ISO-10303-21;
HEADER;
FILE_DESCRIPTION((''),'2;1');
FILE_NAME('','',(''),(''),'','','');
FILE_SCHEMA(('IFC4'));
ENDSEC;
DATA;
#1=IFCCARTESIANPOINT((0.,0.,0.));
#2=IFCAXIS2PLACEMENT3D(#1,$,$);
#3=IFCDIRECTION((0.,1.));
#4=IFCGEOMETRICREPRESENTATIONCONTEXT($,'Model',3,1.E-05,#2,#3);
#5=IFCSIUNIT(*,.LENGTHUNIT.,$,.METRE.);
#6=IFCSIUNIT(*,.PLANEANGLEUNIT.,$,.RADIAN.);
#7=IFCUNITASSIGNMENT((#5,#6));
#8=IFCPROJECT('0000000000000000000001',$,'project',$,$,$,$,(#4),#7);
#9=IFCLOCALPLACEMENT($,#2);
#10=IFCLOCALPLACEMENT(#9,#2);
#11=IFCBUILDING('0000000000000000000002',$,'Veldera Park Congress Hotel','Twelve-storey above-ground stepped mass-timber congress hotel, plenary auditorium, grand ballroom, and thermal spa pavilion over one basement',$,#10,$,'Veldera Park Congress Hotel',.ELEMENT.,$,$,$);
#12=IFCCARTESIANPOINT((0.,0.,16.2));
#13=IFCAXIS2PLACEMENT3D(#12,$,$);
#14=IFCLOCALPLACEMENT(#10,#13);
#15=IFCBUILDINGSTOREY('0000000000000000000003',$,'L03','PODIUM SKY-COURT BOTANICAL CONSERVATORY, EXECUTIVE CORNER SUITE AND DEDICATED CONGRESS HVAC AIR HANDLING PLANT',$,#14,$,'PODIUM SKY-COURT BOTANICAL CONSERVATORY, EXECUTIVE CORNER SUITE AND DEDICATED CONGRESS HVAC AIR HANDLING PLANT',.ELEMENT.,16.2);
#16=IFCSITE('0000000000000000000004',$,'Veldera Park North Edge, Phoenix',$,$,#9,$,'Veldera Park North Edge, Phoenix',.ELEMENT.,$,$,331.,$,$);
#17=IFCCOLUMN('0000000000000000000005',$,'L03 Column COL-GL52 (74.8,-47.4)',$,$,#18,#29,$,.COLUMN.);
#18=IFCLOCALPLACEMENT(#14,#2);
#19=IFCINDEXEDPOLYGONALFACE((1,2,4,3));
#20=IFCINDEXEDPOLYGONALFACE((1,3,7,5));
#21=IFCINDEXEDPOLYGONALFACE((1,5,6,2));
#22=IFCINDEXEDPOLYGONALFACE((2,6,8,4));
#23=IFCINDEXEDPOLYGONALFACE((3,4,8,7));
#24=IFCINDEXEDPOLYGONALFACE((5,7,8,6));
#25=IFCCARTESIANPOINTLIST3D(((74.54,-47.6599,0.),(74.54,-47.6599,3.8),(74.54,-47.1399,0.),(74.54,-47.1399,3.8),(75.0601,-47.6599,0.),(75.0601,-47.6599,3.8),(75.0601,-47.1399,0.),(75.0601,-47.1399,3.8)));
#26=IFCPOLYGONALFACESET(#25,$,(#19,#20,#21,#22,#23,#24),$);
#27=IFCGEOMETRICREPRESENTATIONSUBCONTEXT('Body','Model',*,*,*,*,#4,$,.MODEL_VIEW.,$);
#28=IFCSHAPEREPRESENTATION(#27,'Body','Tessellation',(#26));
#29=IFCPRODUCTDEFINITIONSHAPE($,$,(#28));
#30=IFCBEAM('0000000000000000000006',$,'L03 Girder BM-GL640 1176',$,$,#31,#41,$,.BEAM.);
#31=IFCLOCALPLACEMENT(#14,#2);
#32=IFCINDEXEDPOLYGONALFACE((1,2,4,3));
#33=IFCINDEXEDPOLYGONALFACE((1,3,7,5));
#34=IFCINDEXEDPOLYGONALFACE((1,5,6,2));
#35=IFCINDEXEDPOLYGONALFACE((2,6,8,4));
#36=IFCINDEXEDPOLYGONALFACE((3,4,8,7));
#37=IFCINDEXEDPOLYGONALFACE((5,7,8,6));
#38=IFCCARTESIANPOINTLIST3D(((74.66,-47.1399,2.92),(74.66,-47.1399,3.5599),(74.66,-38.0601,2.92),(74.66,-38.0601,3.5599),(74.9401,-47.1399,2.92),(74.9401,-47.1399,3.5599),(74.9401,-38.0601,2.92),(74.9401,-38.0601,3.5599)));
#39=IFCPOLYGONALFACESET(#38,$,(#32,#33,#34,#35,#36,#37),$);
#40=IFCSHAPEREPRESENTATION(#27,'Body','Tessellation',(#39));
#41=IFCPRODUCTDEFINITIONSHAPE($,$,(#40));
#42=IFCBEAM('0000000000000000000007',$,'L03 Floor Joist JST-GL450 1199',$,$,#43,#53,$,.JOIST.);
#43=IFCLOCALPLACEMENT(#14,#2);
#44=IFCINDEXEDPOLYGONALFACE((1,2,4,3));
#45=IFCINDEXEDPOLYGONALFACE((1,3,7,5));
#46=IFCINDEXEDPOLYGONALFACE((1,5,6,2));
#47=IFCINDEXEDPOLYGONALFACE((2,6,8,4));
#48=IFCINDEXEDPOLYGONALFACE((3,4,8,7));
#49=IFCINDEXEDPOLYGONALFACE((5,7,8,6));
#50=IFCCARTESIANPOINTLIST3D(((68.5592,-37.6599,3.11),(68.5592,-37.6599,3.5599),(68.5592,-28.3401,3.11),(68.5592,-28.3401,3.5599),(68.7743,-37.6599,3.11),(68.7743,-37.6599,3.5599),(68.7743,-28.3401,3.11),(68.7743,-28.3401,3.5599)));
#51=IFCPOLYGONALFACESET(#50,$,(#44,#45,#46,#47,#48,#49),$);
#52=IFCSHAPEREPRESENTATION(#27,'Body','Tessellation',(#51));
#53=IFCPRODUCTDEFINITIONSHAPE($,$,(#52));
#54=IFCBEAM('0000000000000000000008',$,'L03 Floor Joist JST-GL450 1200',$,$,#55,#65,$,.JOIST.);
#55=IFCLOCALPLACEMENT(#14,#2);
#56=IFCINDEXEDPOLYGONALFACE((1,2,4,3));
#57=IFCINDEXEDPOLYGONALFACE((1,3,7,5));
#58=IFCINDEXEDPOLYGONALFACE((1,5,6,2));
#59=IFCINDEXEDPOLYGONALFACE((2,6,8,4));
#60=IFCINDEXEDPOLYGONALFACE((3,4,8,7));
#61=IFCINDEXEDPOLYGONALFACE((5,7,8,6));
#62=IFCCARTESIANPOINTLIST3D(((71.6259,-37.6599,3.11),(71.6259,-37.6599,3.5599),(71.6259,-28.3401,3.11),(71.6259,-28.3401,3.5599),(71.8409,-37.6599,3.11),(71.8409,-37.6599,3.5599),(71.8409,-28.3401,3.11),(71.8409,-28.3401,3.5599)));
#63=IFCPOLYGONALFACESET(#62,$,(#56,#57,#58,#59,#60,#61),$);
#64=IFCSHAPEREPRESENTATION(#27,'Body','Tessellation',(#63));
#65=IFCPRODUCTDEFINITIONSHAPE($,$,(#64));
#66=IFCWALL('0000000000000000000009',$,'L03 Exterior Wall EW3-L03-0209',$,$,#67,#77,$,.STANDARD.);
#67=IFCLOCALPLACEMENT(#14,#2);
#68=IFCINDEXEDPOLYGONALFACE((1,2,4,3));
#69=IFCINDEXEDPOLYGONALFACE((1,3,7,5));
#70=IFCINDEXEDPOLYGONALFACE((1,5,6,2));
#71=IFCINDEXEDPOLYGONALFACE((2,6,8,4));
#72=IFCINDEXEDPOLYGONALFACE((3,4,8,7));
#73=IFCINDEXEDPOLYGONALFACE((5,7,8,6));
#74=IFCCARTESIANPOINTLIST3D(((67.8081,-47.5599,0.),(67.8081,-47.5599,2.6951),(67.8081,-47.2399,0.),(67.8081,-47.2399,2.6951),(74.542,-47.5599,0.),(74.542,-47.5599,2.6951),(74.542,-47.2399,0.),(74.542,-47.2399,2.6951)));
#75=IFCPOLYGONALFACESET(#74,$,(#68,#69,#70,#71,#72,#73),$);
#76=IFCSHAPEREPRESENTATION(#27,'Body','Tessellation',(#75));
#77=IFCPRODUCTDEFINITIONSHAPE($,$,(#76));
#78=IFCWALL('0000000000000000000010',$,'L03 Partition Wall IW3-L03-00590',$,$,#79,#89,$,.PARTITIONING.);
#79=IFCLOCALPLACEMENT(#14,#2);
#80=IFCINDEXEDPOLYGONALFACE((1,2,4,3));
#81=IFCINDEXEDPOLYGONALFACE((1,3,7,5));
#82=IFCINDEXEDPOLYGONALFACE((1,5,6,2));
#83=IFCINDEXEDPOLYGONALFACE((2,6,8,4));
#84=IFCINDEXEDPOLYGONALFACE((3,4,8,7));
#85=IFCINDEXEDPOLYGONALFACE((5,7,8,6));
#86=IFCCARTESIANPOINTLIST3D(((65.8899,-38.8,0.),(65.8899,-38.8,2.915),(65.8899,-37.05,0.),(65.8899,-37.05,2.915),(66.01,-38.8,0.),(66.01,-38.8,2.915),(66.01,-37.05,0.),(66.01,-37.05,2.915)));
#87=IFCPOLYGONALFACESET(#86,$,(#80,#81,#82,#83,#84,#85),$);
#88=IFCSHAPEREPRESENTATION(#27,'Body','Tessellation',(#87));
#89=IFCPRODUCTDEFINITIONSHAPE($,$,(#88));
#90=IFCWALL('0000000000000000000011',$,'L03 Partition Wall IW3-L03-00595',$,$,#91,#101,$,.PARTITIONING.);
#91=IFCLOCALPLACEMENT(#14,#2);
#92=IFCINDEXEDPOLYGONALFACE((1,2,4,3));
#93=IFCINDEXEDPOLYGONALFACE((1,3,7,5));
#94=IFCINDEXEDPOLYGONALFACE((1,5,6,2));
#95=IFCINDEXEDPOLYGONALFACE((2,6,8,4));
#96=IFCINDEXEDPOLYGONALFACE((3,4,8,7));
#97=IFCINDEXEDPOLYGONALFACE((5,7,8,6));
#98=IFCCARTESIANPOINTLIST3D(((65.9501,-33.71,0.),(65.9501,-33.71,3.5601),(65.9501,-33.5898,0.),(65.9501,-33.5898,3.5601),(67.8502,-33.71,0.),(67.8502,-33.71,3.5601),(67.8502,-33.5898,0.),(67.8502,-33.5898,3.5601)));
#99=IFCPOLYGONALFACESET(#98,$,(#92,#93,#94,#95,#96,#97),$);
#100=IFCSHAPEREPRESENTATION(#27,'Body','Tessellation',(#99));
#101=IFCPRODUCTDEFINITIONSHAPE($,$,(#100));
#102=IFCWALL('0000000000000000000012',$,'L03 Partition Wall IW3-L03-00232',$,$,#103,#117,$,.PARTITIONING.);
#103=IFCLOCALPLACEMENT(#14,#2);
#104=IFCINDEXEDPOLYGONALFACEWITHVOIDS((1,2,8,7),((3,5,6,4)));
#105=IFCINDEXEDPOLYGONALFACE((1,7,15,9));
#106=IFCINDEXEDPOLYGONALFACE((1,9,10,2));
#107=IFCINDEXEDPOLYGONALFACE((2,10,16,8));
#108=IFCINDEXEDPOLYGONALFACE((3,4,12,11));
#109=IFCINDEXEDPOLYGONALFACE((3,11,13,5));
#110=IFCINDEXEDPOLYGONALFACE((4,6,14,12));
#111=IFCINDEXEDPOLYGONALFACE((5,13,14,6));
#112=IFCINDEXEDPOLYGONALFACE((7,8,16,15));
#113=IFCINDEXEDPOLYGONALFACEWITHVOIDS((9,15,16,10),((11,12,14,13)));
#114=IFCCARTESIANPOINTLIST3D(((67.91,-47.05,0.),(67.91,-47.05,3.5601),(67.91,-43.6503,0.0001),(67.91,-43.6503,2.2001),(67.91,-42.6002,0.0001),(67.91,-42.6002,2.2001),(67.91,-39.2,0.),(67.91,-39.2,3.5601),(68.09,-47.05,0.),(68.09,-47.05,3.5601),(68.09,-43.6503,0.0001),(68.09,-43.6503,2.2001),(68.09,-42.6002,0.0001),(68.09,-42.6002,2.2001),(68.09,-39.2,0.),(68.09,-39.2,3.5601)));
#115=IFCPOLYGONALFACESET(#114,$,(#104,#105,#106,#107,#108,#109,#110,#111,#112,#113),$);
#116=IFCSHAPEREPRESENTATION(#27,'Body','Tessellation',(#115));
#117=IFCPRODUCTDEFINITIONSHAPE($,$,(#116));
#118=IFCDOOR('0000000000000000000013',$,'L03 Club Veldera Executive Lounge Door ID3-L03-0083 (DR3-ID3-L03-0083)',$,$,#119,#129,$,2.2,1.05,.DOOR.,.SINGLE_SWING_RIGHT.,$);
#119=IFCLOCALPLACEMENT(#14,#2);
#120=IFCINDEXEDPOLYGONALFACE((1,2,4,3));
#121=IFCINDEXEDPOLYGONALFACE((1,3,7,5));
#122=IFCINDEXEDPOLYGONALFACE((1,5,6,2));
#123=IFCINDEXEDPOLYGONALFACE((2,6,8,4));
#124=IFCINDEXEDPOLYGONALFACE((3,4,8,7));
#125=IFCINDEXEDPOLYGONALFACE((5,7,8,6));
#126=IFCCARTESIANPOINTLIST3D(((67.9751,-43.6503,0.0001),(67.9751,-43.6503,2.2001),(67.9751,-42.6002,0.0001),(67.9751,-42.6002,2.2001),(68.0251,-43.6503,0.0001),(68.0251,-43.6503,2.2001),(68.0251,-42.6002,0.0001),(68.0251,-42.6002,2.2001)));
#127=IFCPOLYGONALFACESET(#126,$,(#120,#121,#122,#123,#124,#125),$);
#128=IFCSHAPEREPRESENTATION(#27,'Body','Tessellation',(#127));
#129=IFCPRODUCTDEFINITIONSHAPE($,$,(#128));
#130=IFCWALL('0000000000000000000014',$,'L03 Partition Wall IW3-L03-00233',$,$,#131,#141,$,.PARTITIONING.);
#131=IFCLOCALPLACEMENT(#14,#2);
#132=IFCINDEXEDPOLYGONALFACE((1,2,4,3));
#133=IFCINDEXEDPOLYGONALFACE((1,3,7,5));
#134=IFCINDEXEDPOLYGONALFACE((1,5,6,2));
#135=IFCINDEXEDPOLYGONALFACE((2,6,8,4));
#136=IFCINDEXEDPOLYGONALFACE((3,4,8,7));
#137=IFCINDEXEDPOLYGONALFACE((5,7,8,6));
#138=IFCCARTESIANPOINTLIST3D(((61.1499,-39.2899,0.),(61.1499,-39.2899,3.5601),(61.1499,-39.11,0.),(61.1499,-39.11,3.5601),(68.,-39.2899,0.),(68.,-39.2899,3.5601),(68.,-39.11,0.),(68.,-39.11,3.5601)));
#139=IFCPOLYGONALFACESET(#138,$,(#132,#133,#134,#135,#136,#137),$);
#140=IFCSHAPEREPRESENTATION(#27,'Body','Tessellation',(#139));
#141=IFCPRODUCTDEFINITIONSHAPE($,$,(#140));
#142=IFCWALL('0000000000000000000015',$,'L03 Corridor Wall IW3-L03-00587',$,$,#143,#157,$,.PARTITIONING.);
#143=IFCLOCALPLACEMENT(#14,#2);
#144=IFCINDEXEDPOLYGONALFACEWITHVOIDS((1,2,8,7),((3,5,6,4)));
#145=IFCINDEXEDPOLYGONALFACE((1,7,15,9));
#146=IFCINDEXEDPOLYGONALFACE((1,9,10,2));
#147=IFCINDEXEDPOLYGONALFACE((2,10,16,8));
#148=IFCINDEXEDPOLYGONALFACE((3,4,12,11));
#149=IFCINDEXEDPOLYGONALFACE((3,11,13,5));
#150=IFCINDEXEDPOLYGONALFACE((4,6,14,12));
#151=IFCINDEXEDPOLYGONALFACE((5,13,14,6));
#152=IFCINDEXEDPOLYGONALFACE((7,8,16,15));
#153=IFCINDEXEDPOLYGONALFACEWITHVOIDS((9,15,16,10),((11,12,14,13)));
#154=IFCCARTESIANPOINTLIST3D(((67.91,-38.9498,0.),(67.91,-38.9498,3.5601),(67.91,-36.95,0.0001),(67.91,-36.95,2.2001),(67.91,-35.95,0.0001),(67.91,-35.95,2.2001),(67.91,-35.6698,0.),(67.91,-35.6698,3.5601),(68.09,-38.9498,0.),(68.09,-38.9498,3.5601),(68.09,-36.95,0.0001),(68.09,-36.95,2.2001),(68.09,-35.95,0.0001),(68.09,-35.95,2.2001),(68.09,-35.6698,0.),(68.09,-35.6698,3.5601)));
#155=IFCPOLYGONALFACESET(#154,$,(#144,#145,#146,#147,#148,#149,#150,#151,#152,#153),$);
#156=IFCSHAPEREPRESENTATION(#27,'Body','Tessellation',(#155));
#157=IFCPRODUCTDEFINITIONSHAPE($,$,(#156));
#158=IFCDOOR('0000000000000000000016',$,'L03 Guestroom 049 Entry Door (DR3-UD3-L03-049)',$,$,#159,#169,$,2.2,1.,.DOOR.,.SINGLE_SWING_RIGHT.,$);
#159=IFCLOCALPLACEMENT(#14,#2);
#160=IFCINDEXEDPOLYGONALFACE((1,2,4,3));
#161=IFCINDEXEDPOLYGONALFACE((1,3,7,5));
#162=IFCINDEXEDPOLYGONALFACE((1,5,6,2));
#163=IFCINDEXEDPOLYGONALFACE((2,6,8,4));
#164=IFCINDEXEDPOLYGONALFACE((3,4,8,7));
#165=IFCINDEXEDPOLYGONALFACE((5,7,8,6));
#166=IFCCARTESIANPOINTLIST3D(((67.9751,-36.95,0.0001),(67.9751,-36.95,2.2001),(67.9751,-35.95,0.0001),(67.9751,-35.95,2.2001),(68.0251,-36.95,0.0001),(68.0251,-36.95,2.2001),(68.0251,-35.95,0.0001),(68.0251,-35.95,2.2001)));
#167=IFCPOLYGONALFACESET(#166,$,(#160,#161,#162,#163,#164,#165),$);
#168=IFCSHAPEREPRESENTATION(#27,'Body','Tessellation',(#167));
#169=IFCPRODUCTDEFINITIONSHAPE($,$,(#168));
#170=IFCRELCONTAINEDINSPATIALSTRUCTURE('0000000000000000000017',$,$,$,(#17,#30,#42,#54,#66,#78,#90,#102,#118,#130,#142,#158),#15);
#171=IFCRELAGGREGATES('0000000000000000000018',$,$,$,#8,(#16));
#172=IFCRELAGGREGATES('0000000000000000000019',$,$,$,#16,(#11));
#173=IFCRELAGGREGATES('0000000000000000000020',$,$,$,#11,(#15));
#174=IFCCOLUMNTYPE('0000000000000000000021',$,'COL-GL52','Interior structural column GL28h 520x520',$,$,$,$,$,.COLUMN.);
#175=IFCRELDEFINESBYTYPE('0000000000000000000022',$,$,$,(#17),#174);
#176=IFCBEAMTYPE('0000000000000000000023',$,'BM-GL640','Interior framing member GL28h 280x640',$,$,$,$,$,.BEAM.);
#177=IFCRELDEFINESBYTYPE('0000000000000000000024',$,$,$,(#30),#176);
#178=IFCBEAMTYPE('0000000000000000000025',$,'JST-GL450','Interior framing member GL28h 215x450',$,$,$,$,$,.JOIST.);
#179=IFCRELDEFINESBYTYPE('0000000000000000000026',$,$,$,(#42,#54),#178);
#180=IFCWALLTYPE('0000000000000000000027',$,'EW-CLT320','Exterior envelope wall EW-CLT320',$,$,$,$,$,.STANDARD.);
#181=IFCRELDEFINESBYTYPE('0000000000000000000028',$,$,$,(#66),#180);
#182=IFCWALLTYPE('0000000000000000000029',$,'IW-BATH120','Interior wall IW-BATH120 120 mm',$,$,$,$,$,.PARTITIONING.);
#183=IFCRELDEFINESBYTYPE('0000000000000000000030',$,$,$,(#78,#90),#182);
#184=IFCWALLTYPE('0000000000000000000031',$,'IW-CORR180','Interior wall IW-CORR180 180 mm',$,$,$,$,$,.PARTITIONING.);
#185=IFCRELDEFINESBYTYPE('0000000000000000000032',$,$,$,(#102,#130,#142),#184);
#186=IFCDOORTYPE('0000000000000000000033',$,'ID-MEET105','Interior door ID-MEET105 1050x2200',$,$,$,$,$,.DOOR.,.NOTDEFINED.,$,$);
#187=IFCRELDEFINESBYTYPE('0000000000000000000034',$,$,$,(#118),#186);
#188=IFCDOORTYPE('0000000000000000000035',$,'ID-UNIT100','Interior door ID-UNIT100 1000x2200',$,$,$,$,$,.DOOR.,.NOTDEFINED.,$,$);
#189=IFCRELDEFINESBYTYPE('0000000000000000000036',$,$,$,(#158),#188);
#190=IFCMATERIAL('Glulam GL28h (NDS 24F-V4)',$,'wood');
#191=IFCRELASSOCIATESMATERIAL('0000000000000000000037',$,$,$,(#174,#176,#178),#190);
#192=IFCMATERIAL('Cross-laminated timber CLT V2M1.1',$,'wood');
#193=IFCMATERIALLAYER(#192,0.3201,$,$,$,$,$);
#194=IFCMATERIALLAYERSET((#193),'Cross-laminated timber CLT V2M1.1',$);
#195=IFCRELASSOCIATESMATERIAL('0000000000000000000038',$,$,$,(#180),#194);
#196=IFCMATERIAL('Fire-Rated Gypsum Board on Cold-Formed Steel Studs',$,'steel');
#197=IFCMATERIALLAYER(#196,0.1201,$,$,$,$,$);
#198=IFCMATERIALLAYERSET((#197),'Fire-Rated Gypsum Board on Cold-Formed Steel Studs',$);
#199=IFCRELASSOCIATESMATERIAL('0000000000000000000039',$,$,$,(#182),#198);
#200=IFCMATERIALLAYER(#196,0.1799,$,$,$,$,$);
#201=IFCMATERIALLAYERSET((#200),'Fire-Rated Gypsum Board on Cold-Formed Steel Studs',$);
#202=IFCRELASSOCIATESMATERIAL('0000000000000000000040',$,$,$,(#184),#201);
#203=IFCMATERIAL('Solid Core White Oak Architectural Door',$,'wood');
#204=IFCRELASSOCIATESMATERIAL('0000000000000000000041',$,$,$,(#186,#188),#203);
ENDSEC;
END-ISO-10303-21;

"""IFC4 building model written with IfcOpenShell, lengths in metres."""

from ifc_helpers import new_model, si_unit, direction, frame, frame_2d, origin, origin_2d, place, context, subcontext, project, spatial, rectangle, extrude, material, layer, layer_set, material_profile, profile_set, type_object, element, fill, save


model = new_model("IFC4")

# Units and contexts
model_context = context("Model", 3, precision=1e-05, world=origin(), true_north=direction((0.0, 1.0)))
body_context = subcontext(model_context, "Body", "Model", "MODEL_VIEW")
ifc_project = project(units=[si_unit("LENGTHUNIT", "METRE"), si_unit("PLANEANGLEUNIT", "RADIAN")], contexts=[model_context])

# Site, building, storey
site_placement = place(None, origin())
site = spatial("IfcSite", under=ifc_project, at=site_placement, Name="Veldera Park North Edge, Phoenix", LongName="Veldera Park North Edge, Phoenix", CompositionType="ELEMENT", RefElevation=331.0)
building_placement = place(site_placement, origin())
building = spatial("IfcBuilding", under=site, at=building_placement, Name="Veldera Park Congress Hotel", Description="Twelve-storey above-ground stepped mass-timber congress hotel, plenary auditorium, grand ballroom, and thermal spa pavilion over one basement", LongName="Veldera Park Congress Hotel", CompositionType="ELEMENT")
storey_placement = place(building_placement, frame((0.0, 0.0, 16.2)))
storey = spatial("IfcBuildingStorey", under=building, at=storey_placement, Name="L03", Description="PODIUM SKY-COURT BOTANICAL CONSERVATORY, EXECUTIVE CORNER SUITE AND DEDICATED CONGRESS HVAC AIR HANDLING PLANT", LongName="PODIUM SKY-COURT BOTANICAL CONSERVATORY, EXECUTIVE CORNER SUITE AND DEDICATED CONGRESS HVAC AIR HANDLING PLANT", CompositionType="ELEMENT", Elevation=16.2)

# Column
ifc_material_1 = material(Name="Glulam GL28h (NDS 24F-V4)", Category="wood")
ifc_material_profile_1 = material_profile(ifc_material_1, rectangle(XDim=0.52, YDim=0.52, at=origin_2d()), Name="GL28h 520x520")
ifc_profile_set_1 = profile_set([ifc_material_profile_1], Name="Glulam GL28h (NDS 24F-V4)")
column_type = type_object("IfcColumnType", Name="COL-GL52", Description="Interior structural column GL28h 520x520", PredefinedType="COLUMN", material=ifc_profile_set_1)
column_placement = place(storey_placement, frame((74.8, -47.3999, 0.0), z_axis=(0.0, 0.0, 1.0), x_axis=(1.0, 0.0, 0.0)))
element("IfcColumn", 1, at=column_placement, inside=storey, type_object=column_type, Name="L03 Column COL-GL52 (74.8,-47.4)", PredefinedType="COLUMN", context=body_context, shape_type="SweptSolid", body=[
    extrude(rectangle(XDim=0.52, YDim=0.52, at=origin_2d()), origin(), (0.0, 0.0, 1.0), 3.8),
])

# Beams
ifc_material_profile_2 = material_profile(ifc_material_1, rectangle(XDim=0.28, YDim=0.6399, at=origin_2d()), Name="GL28h 280x640")
ifc_profile_set_2 = profile_set([ifc_material_profile_2], Name="Glulam GL28h (NDS 24F-V4)")
beam_type_1 = type_object("IfcBeamType", Name="BM-GL640", Description="Interior framing member GL28h 280x640", PredefinedType="BEAM", material=ifc_profile_set_2)
beam_placement = place(storey_placement, frame((74.8, -47.1399, 3.24), z_axis=(0.0, 1.0, 0.0), x_axis=(-1.0, 0.0, 0.0)))
element("IfcBeam", 2, at=beam_placement, inside=storey, type_object=beam_type_1, Name="L03 Girder BM-GL640 1176", PredefinedType="BEAM", context=body_context, shape_type="SweptSolid", body=[
    extrude(rectangle(XDim=0.28, YDim=0.6399, at=origin_2d()), origin(), (0.0, 0.0, 1.0), 9.0798),
])
ifc_material_profile_3 = material_profile(ifc_material_1, rectangle(XDim=0.2151, YDim=0.45, at=origin_2d()), Name="GL28h 215x450")
ifc_profile_set_3 = profile_set([ifc_material_profile_3], Name="Glulam GL28h (NDS 24F-V4)")
beam_type_2 = type_object("IfcBeamType", Name="JST-GL450", Description="Interior framing member GL28h 215x450", PredefinedType="JOIST", material=ifc_profile_set_3)
for number, where, z_axis, x_axis, name in (
    (3, (68.6667, -37.6599, 3.335), (0.0, 1.0, 0.0), (-1.0, 0.0, 0.0), "L03 Floor Joist JST-GL450 1199"),
    (4, (71.7334, -37.6599, 3.335), (0.0, 1.0, 0.0), (-1.0, 0.0, 0.0), "L03 Floor Joist JST-GL450 1200"),
):
    element("IfcBeam", number, at=place(storey_placement, frame(where, z_axis=z_axis, x_axis=x_axis)), inside=storey, type_object=beam_type_2, Name=name, PredefinedType="JOIST", context=body_context, shape_type="SweptSolid", body=[
        extrude(rectangle(XDim=0.2151, YDim=0.45, at=origin_2d()), origin(), (0.0, 0.0, 1.0), 9.3198),
    ])

# Walls
ifc_material_2 = material(Name="Cross-laminated timber CLT V2M1.1", Category="wood")
ifc_layer_1 = layer(ifc_material_2, 0.3201)
ifc_layer_set_1 = layer_set([ifc_layer_1], Name="Cross-laminated timber CLT V2M1.1")
wall_type_1 = type_object("IfcWallType", Name="EW-CLT320", Description="Exterior envelope wall EW-CLT320", PredefinedType="STANDARD", material=ifc_layer_set_1)
wall_1_placement = place(storey_placement, frame((67.8081, -47.3999, 0.0), z_axis=(0.0, 0.0, 1.0), x_axis=(1.0, 0.0, 0.0)))
element("IfcWall", 5, at=wall_1_placement, inside=storey, type_object=wall_type_1, Name="L03 Exterior Wall EW3-L03-0209", PredefinedType="STANDARD", context=body_context, shape_type="SweptSolid", body=[
    extrude(rectangle(XDim=6.7339, YDim=0.3201, at=frame_2d((3.3669, 0.0))), origin(), (0.0, 0.0, 1.0), 2.6951),
])
ifc_material_3 = material(Name="Fire-Rated Gypsum Board on Cold-Formed Steel Studs", Category="steel")
ifc_layer_2 = layer(ifc_material_3, 0.1201)
ifc_layer_set_2 = layer_set([ifc_layer_2], Name="Fire-Rated Gypsum Board on Cold-Formed Steel Studs")
wall_type_2 = type_object("IfcWallType", Name="IW-BATH120", Description="Interior wall IW-BATH120 120 mm", PredefinedType="PARTITIONING", material=ifc_layer_set_2)
wall_2_placement = place(storey_placement, frame((65.95, -38.8, 0.0), z_axis=(0.0, 0.0, 1.0), x_axis=(0.0, 1.0, 0.0)))
element("IfcWall", 6, at=wall_2_placement, inside=storey, type_object=wall_type_2, Name="L03 Partition Wall IW3-L03-00590", PredefinedType="PARTITIONING", context=body_context, shape_type="SweptSolid", body=[
    extrude(rectangle(XDim=1.75, YDim=0.1201, at=frame_2d((0.875, 0.0))), origin(), (0.0, 0.0, 1.0), 2.915),
])

# Shared definitions
ifc_material_4 = material(Name="Solid Core White Oak Architectural Door", Category="wood")

# Wall
wall_3_placement = place(storey_placement, frame((65.95, -33.6499, 0.0), z_axis=(0.0, 0.0, 1.0), x_axis=(1.0, 0.0, 0.0)))
element("IfcWall", 7, at=wall_3_placement, inside=storey, type_object=wall_type_2, Name="L03 Partition Wall IW3-L03-00595", PredefinedType="PARTITIONING", context=body_context, shape_type="SweptSolid", body=[
    extrude(rectangle(XDim=1.9001, YDim=0.1201, at=frame_2d((0.9502, 0.0))), origin(), (0.0, 0.0, 1.0), 3.5601),
])

# Wall, opening, door
ifc_layer_3 = layer(ifc_material_3, 0.1799)
ifc_layer_set_3 = layer_set([ifc_layer_3], Name="Fire-Rated Gypsum Board on Cold-Formed Steel Studs")
wall_type_3 = type_object("IfcWallType", Name="IW-CORR180", Description="Interior wall IW-CORR180 180 mm", PredefinedType="PARTITIONING", material=ifc_layer_set_3)
wall_4_placement = place(storey_placement, frame((68.0, -47.05, 0.0), z_axis=(0.0, 0.0, 1.0), x_axis=(0.0, 1.0, 0.0)))
wall_4 = element("IfcWall", 8, at=wall_4_placement, inside=storey, type_object=wall_type_3, Name="L03 Partition Wall IW3-L03-00232", PredefinedType="PARTITIONING", context=body_context, shape_type="SweptSolid", body=[
    extrude(rectangle(XDim=7.8501, YDim=0.1799, at=frame_2d((3.925, 0.0))), origin(), (0.0, 0.0, 1.0), 3.5601),
])
opening_1_placement = place(wall_4_placement, frame((3.3999, 0.0, 0.0)))
opening_1 = element("IfcOpeningElement", 9, at=opening_1_placement, cuts=wall_4, PredefinedType="OPENING", context=body_context, shape_type="SweptSolid", body=[
    extrude(rectangle(XDim=1.05, YDim=2.2, at=frame_2d((0.5249, 1.1001))), frame((0.0, 0.1021, 0.0), z_axis=(0.0, -1.0, 0.0), x_axis=(1.0, 0.0, 0.0)), (0.0, 0.0, 1.0), 0.2039),
])
door_type_1 = type_object("IfcDoorType", Name="ID-MEET105", Description="Interior door ID-MEET105 1050x2200", OperationType="NOTDEFINED", PredefinedType="DOOR", material=ifc_material_4)
door_1_placement = place(opening_1_placement, origin())
door_1 = element("IfcDoor", 10, at=door_1_placement, inside=storey, type_object=door_type_1, Name="L03 Club Veldera Executive Lounge Door ID3-L03-0083 (DR3-ID3-L03-0083)", OperationType="SINGLE_SWING_RIGHT", OverallHeight=2.2, OverallWidth=1.05, PredefinedType="DOOR", context=body_context, shape_type="SweptSolid", body=[
    extrude(rectangle(XDim=1.05, YDim=2.2, at=frame_2d((0.5249, 1.1001))), frame((0.0, 0.0249, 0.0), z_axis=(0.0, -1.0, 0.0), x_axis=(1.0, 0.0, 0.0)), (0.0, 0.0, 1.0), 0.05),
])
fill(opening_1, door_1)

# Wall
wall_5_placement = place(storey_placement, frame((68.0, -39.2, 0.0), z_axis=(0.0, 0.0, 1.0), x_axis=(-1.0, 0.0, 0.0)))
element("IfcWall", 11, at=wall_5_placement, inside=storey, type_object=wall_type_3, Name="L03 Partition Wall IW3-L03-00233", PredefinedType="PARTITIONING", context=body_context, shape_type="SweptSolid", body=[
    extrude(rectangle(XDim=6.8501, YDim=0.1799, at=frame_2d((3.425, 0.0))), origin(), (0.0, 0.0, 1.0), 3.5601),
])

# Wall, opening, door
wall_6_placement = place(storey_placement, frame((68.0, -38.95, 0.0), z_axis=(0.0, 0.0, 1.0), x_axis=(0.0, 1.0, 0.0)))
wall_6 = element("IfcWall", 12, at=wall_6_placement, inside=storey, type_object=wall_type_3, Name="L03 Corridor Wall IW3-L03-00587", PredefinedType="PARTITIONING", context=body_context, shape_type="SweptSolid", body=[
    extrude(rectangle(XDim=3.28, YDim=0.1799, at=frame_2d((1.6401, 0.0))), origin(), (0.0, 0.0, 1.0), 3.5601),
])
opening_2_placement = place(wall_6_placement, frame((2.0, 0.0, 0.0)))
opening_2 = element("IfcOpeningElement", 13, at=opening_2_placement, cuts=wall_6, PredefinedType="OPENING", context=body_context, shape_type="SweptSolid", body=[
    extrude(rectangle(XDim=1.0, YDim=2.2, at=frame_2d((0.5, 1.1001))), frame((0.0, 0.1021, 0.0), z_axis=(0.0, -1.0, 0.0), x_axis=(1.0, 0.0, 0.0)), (0.0, 0.0, 1.0), 0.2039),
])
door_type_2 = type_object("IfcDoorType", Name="ID-UNIT100", Description="Interior door ID-UNIT100 1000x2200", OperationType="NOTDEFINED", PredefinedType="DOOR", material=ifc_material_4)
door_2_placement = place(opening_2_placement, origin())
door_2 = element("IfcDoor", 14, at=door_2_placement, inside=storey, type_object=door_type_2, Name="L03 Guestroom 049 Entry Door (DR3-UD3-L03-049)", OperationType="SINGLE_SWING_RIGHT", OverallHeight=2.2, OverallWidth=1.0, PredefinedType="DOOR", context=body_context, shape_type="SweptSolid", body=[
    extrude(rectangle(XDim=1.0, YDim=2.2, at=frame_2d((0.5, 1.1001))), frame((0.0, 0.0249, 0.0), z_axis=(0.0, -1.0, 0.0), x_axis=(1.0, 0.0, 0.0)), (0.0, 0.0, 1.0), 0.05),
])
fill(opening_2, door_2)

save(model, "model.ifc")
